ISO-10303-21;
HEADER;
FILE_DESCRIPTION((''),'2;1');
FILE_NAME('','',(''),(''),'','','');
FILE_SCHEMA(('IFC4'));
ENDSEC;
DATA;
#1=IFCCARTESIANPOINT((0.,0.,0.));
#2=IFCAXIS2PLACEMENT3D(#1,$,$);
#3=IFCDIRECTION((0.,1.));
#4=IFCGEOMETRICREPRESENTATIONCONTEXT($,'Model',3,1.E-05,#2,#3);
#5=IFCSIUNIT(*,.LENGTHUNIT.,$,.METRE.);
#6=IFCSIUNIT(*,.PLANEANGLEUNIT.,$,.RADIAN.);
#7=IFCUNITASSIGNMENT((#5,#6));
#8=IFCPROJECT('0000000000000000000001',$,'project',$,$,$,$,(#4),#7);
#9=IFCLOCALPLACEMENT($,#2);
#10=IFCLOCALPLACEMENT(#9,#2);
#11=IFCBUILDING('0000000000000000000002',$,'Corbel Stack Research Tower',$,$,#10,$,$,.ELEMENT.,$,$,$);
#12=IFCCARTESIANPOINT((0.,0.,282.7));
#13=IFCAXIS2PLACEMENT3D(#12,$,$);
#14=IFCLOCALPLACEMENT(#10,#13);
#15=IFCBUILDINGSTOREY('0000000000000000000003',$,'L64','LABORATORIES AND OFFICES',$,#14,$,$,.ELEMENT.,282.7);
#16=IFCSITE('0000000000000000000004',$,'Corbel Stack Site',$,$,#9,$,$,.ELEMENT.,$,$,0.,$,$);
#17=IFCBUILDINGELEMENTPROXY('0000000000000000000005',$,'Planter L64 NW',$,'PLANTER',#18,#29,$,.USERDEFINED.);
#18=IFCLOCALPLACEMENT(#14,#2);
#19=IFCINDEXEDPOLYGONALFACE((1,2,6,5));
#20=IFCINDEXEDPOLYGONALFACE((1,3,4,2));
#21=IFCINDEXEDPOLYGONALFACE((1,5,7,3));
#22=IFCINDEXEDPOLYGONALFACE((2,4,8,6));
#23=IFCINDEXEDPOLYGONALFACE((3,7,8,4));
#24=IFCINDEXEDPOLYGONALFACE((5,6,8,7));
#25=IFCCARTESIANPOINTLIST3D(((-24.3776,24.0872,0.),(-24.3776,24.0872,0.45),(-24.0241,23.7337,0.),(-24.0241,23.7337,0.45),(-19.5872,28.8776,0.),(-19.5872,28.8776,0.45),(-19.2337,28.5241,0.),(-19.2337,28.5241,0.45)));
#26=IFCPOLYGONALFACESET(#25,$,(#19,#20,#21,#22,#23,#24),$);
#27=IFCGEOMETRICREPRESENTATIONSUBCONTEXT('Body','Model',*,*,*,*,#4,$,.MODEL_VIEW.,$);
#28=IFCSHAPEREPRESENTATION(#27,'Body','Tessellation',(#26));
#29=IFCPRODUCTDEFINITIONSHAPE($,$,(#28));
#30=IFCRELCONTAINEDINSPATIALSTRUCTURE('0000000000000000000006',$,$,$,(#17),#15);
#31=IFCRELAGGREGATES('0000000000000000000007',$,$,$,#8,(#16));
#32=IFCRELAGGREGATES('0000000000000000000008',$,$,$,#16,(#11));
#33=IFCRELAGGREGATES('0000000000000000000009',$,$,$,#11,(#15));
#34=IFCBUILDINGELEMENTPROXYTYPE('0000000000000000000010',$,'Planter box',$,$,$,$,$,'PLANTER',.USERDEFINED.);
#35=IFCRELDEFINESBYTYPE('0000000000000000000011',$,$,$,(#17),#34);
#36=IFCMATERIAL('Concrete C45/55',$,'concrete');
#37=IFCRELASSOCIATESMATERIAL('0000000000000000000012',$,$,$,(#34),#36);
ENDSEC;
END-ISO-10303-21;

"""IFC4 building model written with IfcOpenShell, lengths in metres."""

from ifc_helpers import new_model, si_unit, direction, frame, origin, origin_2d, place, context, subcontext, project, spatial, rectangle, extrude, material, type_object, element, save


model = new_model("IFC4")

# Units and contexts
model_context = context("Model", 3, precision=1e-05, world=origin(), true_north=direction((0.0, 1.0)))
body_context = subcontext(model_context, "Body", "Model", "MODEL_VIEW")
ifc_project = project(units=[si_unit("LENGTHUNIT", "METRE"), si_unit("PLANEANGLEUNIT", "RADIAN")], contexts=[model_context])

# Site, building, storey
site_placement = place(None, origin())
site = spatial("IfcSite", under=ifc_project, at=site_placement, Name="Corbel Stack Site", CompositionType="ELEMENT", RefElevation=0.0)
building_placement = place(site_placement, origin())
building = spatial("IfcBuilding", under=site, at=building_placement, Name="Corbel Stack Research Tower", CompositionType="ELEMENT")
storey_placement = place(building_placement, frame((0.0, 0.0, 282.7)))
storey = spatial("IfcBuildingStorey", under=building, at=storey_placement, Name="L64", Description="LABORATORIES AND OFFICES", CompositionType="ELEMENT", Elevation=282.7)

# Building element proxy
ifc_material_1 = material(Name="Concrete C45/55", Category="concrete")
building_element_proxy_type = type_object("IfcBuildingElementProxyType", Name="Planter box", ElementType="PLANTER", PredefinedType="USERDEFINED", material=ifc_material_1)
proxy_placement = place(storey_placement, frame((-21.8057, 26.3057, 0.0), z_axis=(0.0, 0.0, 1.0), x_axis=(-0.707107, -0.707107, 0.0)))
element("IfcBuildingElementProxy", 1, at=proxy_placement, inside=storey, type_object=building_element_proxy_type, Name="Planter L64 NW", ObjectType="PLANTER", PredefinedType="USERDEFINED", context=body_context, shape_type="SweptSolid", body=[
    extrude(rectangle(XDim=6.7747, YDim=0.5, at=origin_2d()), origin(), (0.0, 0.0, 1.0), 0.45),
])

save(model, "model.ifc")
